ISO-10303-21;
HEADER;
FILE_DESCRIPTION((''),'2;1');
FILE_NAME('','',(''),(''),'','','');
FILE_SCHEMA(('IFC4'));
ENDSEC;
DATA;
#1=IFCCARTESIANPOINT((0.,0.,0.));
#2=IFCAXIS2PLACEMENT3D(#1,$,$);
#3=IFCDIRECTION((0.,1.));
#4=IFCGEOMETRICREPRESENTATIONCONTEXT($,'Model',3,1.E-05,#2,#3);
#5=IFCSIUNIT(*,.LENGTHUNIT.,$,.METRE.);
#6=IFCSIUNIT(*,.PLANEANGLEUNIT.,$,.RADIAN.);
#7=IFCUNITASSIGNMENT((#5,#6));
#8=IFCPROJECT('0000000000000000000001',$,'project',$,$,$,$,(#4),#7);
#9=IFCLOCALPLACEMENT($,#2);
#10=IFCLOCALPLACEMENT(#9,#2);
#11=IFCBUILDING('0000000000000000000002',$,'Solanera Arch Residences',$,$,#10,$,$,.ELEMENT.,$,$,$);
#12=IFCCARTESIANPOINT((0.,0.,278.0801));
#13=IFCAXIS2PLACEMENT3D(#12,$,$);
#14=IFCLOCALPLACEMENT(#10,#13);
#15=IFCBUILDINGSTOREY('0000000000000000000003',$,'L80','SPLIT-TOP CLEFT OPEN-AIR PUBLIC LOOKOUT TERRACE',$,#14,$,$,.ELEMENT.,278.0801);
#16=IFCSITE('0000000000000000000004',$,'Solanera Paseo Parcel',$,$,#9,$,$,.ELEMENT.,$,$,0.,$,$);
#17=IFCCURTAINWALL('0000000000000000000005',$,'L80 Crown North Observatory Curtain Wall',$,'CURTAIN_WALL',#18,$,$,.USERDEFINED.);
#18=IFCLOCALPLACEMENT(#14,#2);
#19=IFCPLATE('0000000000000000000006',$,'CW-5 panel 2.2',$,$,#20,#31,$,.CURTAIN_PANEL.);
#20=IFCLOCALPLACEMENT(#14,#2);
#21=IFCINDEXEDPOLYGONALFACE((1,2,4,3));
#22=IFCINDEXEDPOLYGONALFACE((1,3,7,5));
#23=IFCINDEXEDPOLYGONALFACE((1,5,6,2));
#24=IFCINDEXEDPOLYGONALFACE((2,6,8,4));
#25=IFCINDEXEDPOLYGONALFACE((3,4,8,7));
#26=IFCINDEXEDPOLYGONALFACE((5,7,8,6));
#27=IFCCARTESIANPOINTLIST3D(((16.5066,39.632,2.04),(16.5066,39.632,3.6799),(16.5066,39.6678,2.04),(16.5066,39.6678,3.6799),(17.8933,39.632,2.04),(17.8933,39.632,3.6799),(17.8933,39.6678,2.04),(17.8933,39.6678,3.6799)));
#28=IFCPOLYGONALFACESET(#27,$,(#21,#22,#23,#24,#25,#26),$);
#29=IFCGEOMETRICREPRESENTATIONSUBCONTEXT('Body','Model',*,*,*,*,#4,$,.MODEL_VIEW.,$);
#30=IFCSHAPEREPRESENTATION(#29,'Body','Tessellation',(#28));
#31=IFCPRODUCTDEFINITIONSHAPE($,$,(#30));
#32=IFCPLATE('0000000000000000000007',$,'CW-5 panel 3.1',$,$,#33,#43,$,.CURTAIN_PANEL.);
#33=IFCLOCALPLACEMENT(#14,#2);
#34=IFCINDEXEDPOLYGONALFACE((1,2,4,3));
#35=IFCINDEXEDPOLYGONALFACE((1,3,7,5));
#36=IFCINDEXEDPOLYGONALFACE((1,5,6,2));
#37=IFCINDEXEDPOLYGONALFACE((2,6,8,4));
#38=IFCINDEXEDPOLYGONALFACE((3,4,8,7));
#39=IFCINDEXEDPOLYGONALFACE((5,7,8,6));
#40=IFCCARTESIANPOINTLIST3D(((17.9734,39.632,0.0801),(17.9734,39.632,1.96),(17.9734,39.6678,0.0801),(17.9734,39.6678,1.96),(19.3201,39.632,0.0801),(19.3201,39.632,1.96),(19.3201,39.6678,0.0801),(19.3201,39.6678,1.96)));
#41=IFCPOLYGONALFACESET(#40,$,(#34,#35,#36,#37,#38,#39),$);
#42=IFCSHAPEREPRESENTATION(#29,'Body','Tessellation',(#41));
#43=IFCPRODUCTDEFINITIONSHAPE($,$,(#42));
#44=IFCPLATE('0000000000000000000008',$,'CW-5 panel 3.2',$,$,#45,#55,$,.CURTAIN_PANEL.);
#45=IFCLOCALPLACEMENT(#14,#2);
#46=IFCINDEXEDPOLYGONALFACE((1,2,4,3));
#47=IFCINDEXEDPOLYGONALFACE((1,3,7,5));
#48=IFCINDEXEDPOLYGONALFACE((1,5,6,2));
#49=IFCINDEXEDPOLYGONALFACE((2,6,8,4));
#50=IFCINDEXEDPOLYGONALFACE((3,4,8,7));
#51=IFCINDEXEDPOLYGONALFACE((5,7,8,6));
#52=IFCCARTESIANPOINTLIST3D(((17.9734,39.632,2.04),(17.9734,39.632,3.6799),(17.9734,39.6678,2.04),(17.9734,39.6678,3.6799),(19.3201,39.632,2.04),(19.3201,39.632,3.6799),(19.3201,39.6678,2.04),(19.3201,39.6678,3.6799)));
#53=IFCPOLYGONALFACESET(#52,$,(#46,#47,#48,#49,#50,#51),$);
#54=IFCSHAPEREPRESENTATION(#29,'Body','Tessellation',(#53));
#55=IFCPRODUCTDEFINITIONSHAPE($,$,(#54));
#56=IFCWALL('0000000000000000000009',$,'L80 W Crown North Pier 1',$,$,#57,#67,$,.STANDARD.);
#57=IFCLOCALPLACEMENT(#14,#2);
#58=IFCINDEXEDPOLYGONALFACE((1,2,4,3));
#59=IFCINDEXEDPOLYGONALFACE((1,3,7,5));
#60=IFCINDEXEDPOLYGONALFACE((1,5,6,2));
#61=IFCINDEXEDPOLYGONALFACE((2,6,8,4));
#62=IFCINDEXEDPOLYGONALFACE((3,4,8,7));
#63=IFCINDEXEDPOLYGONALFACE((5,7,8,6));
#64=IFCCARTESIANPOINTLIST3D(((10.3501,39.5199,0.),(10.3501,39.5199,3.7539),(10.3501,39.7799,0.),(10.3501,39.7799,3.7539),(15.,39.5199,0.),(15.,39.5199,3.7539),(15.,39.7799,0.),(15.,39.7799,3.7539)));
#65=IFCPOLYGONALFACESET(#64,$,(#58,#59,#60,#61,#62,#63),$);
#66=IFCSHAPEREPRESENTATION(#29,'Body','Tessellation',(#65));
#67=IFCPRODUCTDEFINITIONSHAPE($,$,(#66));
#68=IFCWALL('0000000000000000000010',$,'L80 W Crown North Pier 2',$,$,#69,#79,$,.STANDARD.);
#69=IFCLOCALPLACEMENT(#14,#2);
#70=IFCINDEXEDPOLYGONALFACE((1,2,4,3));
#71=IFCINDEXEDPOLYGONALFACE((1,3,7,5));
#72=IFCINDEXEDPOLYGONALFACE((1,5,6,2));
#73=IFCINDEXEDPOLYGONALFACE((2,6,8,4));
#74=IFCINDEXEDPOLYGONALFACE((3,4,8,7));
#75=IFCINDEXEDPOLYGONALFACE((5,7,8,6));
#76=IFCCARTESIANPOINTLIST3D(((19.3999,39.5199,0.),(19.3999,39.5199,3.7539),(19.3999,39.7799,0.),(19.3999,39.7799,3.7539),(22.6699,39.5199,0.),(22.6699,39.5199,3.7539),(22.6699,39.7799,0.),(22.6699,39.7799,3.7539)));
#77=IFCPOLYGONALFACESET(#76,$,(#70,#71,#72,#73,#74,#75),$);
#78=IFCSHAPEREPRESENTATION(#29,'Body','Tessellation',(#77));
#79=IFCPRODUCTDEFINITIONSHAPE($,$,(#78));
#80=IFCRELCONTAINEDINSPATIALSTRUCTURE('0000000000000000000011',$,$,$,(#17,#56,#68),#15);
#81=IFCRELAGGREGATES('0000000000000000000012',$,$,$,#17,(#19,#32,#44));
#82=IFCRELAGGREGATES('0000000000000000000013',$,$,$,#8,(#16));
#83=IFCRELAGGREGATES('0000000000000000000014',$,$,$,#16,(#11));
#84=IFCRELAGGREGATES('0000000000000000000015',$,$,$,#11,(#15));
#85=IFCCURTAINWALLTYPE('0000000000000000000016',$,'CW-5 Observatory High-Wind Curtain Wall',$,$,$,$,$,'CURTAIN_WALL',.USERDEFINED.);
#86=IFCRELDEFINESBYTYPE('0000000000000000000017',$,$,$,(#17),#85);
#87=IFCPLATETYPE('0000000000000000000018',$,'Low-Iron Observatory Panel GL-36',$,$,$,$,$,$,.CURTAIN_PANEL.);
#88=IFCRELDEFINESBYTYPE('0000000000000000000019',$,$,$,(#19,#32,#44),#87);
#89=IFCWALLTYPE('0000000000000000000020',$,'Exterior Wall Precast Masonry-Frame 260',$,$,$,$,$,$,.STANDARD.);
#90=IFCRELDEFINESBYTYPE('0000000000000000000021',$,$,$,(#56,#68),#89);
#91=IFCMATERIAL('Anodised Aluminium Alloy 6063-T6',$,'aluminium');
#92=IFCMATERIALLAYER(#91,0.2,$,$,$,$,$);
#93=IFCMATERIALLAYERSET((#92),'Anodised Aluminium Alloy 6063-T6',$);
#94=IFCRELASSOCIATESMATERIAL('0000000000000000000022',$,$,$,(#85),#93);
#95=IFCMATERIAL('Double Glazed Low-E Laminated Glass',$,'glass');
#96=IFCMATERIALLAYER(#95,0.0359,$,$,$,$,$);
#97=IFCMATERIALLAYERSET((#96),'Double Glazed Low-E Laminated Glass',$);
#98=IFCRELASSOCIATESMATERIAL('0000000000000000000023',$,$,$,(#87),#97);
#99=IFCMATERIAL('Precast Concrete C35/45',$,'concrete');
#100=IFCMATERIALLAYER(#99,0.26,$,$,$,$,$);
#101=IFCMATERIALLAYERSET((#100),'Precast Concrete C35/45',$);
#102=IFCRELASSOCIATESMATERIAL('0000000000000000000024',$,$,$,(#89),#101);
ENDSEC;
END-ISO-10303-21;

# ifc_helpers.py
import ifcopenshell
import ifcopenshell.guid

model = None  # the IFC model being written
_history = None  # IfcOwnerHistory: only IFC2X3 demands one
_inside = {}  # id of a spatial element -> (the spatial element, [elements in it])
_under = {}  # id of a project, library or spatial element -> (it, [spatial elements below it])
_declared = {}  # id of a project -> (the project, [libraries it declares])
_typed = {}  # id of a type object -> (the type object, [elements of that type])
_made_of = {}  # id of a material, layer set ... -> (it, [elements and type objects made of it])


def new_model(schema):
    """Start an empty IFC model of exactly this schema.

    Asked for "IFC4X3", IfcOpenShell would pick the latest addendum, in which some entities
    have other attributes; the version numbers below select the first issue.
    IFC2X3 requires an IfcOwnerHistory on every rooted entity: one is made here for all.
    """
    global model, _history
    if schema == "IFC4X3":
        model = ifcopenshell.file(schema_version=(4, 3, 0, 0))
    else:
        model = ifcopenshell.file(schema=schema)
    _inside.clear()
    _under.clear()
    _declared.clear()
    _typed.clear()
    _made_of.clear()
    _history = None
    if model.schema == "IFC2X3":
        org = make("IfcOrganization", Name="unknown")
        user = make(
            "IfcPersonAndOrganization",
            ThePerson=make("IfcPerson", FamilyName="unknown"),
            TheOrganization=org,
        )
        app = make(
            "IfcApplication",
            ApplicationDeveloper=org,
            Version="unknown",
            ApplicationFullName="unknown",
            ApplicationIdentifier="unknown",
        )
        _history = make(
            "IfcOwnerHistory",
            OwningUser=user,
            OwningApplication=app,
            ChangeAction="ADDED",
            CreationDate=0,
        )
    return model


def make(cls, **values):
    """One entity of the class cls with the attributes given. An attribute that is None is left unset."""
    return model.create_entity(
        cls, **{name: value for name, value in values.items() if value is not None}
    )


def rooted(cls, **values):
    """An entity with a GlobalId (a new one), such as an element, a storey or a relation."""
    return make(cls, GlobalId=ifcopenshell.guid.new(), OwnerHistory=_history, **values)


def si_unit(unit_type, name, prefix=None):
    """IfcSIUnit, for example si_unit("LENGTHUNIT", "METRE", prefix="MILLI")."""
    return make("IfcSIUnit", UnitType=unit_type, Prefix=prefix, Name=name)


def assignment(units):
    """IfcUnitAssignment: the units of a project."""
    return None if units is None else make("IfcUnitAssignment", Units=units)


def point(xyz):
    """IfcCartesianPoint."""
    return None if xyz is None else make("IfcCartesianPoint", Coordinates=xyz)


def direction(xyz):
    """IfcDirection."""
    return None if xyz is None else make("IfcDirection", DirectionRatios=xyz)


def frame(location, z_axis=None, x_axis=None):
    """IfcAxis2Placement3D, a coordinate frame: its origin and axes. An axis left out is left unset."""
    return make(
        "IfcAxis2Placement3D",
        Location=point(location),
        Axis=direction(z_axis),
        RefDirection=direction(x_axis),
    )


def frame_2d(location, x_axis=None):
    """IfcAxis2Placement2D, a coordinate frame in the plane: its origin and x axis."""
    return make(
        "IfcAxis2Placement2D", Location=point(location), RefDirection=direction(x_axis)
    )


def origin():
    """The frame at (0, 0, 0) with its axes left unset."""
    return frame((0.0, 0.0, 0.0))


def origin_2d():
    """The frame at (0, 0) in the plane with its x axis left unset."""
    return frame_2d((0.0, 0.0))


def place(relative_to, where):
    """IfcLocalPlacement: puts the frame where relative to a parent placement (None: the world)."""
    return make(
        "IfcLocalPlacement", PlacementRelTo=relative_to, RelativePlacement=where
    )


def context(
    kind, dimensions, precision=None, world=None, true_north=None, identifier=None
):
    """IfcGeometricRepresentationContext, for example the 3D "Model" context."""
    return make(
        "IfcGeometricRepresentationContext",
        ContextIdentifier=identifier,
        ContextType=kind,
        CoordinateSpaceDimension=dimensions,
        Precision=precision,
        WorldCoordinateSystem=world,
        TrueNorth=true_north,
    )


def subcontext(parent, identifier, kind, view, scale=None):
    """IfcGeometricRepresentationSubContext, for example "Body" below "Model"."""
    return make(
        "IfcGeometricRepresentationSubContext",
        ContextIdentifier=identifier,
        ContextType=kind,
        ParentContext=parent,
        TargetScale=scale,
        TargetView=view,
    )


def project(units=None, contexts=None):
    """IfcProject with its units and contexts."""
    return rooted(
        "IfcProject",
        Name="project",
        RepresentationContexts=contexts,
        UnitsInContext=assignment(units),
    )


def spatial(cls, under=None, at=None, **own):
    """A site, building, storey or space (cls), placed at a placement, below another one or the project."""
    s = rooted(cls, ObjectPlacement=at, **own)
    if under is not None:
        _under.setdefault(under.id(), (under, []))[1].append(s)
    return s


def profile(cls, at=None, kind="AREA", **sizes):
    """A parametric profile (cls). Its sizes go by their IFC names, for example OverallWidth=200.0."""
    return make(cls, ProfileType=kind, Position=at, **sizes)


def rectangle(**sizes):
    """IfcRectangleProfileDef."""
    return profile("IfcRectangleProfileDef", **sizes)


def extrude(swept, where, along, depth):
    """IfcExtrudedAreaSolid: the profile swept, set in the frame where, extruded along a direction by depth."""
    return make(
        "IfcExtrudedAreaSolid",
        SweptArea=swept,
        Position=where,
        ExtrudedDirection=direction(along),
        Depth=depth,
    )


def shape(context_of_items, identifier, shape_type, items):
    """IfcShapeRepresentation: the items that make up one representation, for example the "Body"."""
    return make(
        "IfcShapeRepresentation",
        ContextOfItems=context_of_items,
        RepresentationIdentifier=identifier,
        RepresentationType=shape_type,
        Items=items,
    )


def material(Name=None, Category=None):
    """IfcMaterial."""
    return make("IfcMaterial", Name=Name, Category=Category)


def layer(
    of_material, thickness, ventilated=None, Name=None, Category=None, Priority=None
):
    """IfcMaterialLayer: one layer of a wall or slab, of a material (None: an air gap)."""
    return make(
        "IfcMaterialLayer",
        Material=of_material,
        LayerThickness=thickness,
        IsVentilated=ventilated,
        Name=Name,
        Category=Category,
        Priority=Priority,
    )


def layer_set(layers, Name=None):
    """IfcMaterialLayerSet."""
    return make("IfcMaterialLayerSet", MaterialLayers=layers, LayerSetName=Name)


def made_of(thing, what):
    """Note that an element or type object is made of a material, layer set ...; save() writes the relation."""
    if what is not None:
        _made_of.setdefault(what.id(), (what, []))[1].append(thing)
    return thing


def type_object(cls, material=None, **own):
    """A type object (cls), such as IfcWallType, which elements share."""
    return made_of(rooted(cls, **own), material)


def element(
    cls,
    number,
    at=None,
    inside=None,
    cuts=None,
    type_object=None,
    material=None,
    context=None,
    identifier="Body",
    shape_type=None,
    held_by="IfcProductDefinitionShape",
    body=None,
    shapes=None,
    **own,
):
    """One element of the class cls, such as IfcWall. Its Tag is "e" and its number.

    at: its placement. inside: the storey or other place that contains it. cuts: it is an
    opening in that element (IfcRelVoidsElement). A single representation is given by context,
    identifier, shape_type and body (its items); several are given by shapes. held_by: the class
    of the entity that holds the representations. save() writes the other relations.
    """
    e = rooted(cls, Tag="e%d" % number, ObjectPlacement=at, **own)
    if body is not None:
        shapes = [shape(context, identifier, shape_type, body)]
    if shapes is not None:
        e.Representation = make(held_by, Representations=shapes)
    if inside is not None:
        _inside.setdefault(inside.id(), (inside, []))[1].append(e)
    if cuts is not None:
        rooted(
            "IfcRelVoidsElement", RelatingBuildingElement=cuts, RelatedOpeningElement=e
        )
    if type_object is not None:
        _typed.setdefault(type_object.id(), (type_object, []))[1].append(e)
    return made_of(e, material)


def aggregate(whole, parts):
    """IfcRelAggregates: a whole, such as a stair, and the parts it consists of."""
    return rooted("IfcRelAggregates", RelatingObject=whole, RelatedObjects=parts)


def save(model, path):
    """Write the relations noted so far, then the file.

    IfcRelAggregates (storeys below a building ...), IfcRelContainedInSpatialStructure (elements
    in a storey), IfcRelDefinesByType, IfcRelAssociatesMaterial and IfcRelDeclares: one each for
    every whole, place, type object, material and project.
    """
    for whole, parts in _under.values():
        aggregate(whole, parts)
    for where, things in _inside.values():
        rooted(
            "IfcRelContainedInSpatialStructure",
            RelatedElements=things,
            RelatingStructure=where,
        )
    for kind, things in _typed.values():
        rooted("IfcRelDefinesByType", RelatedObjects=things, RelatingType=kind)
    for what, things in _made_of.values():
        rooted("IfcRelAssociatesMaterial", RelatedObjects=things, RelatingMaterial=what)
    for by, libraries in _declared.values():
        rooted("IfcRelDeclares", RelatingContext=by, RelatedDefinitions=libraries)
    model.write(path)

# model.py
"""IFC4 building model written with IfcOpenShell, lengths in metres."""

from ifc_helpers import new_model, si_unit, direction, frame, frame_2d, origin, origin_2d, place, context, subcontext, project, spatial, rectangle, extrude, material, layer, layer_set, type_object, element, aggregate, save


model = new_model("IFC4")

# Units and contexts
model_context = context("Model", 3, precision=1e-05, world=origin(), true_north=direction((0.0, 1.0)))
body_context = subcontext(model_context, "Body", "Model", "MODEL_VIEW")
ifc_project = project(units=[si_unit("LENGTHUNIT", "METRE"), si_unit("PLANEANGLEUNIT", "RADIAN")], contexts=[model_context])

# Site, building, storey
site_placement = place(None, origin())
site = spatial("IfcSite", under=ifc_project, at=site_placement, Name="Solanera Paseo Parcel", CompositionType="ELEMENT", RefElevation=0.0)
building_placement = place(site_placement, origin())
building = spatial("IfcBuilding", under=site, at=building_placement, Name="Solanera Arch Residences", CompositionType="ELEMENT")
storey_placement = place(building_placement, frame((0.0, 0.0, 278.0801)))
storey = spatial("IfcBuildingStorey", under=building, at=storey_placement, Name="L80", Description="SPLIT-TOP CLEFT OPEN-AIR PUBLIC LOOKOUT TERRACE", CompositionType="ELEMENT", Elevation=278.0801)

# Curtain wall
ifc_material_1 = material(Name="Anodised Aluminium Alloy 6063-T6", Category="aluminium")
ifc_layer_1 = layer(ifc_material_1, 0.2)
ifc_layer_set_1 = layer_set([ifc_layer_1], Name="Anodised Aluminium Alloy 6063-T6")
curtain_wall_type = type_object("IfcCurtainWallType", Name="CW-5 Observatory High-Wind Curtain Wall", ElementType="CURTAIN_WALL", PredefinedType="USERDEFINED", material=ifc_layer_set_1)
curtain_wall_placement = place(storey_placement, origin())
curtain_wall = element("IfcCurtainWall", 1, at=curtain_wall_placement, inside=storey, type_object=curtain_wall_type, Name="L80 Crown North Observatory Curtain Wall", ObjectType="CURTAIN_WALL", PredefinedType="USERDEFINED")

# Plates
ifc_material_2 = material(Name="Double Glazed Low-E Laminated Glass", Category="glass")
ifc_layer_2 = layer(ifc_material_2, 0.0359)
ifc_layer_set_2 = layer_set([ifc_layer_2], Name="Double Glazed Low-E Laminated Glass")
plate_type = type_object("IfcPlateType", Name="Low-Iron Observatory Panel GL-36", PredefinedType="CURTAIN_PANEL", material=ifc_layer_set_2)
plate_1_placement = place(storey_placement, frame((17.2, 39.6499, 2.04), z_axis=(0.0, 0.0, 1.0), x_axis=(1.0, 0.0, 0.0)))
plate_1 = element("IfcPlate", 2, at=plate_1_placement, type_object=plate_type, Name="CW-5 panel 2.2", PredefinedType="CURTAIN_PANEL", context=body_context, shape_type="SweptSolid", body=[
    extrude(rectangle(XDim=1.3867, YDim=0.0359, at=origin_2d()), origin(), (0.0, 0.0, 1.0), 1.6399),
])
plate_2_placement = place(storey_placement, frame((18.6467, 39.6499, 0.0801), z_axis=(0.0, 0.0, 1.0), x_axis=(1.0, 0.0, 0.0)))
plate_2 = element("IfcPlate", 3, at=plate_2_placement, type_object=plate_type, Name="CW-5 panel 3.1", PredefinedType="CURTAIN_PANEL", context=body_context, shape_type="SweptSolid", body=[
    extrude(rectangle(XDim=1.3467, YDim=0.0359, at=origin_2d()), origin(), (0.0, 0.0, 1.0), 1.8799),
])
plate_3_placement = place(storey_placement, frame((18.6467, 39.6499, 2.04), z_axis=(0.0, 0.0, 1.0), x_axis=(1.0, 0.0, 0.0)))
plate_3 = element("IfcPlate", 4, at=plate_3_placement, type_object=plate_type, Name="CW-5 panel 3.2", PredefinedType="CURTAIN_PANEL", context=body_context, shape_type="SweptSolid", body=[
    extrude(rectangle(XDim=1.3467, YDim=0.0359, at=origin_2d()), origin(), (0.0, 0.0, 1.0), 1.6399),
])
aggregate(curtain_wall, [plate_1, plate_2, plate_3])

# Walls
ifc_material_3 = material(Name="Precast Concrete C35/45", Category="concrete")
ifc_layer_3 = layer(ifc_material_3, 0.26)
ifc_layer_set_3 = layer_set([ifc_layer_3], Name="Precast Concrete C35/45")
wall_type = type_object("IfcWallType", Name="Exterior Wall Precast Masonry-Frame 260", PredefinedType="STANDARD", material=ifc_layer_set_3)
wall_1_placement = place(storey_placement, frame((10.3501, 39.6499, 0.0), z_axis=(0.0, 0.0, 1.0), x_axis=(1.0, 0.0, 0.0)))
element("IfcWall", 5, at=wall_1_placement, inside=storey, type_object=wall_type, Name="L80 W Crown North Pier 1", PredefinedType="STANDARD", context=body_context, shape_type="SweptSolid", body=[
    extrude(rectangle(XDim=4.6499, YDim=0.26, at=frame_2d((2.325, 0.0))), origin(), (0.0, 0.0, 1.0), 3.7539),
])
wall_2_placement = place(storey_placement, frame((19.3999, 39.6499, 0.0), z_axis=(0.0, 0.0, 1.0), x_axis=(1.0, 0.0, 0.0)))
element("IfcWall", 6, at=wall_2_placement, inside=storey, type_object=wall_type, Name="L80 W Crown North Pier 2", PredefinedType="STANDARD", context=body_context, shape_type="SweptSolid", body=[
    extrude(rectangle(XDim=3.27, YDim=0.26, at=frame_2d((1.635, 0.0))), origin(), (0.0, 0.0, 1.0), 3.7539),
])

save(model, "model.ifc")
